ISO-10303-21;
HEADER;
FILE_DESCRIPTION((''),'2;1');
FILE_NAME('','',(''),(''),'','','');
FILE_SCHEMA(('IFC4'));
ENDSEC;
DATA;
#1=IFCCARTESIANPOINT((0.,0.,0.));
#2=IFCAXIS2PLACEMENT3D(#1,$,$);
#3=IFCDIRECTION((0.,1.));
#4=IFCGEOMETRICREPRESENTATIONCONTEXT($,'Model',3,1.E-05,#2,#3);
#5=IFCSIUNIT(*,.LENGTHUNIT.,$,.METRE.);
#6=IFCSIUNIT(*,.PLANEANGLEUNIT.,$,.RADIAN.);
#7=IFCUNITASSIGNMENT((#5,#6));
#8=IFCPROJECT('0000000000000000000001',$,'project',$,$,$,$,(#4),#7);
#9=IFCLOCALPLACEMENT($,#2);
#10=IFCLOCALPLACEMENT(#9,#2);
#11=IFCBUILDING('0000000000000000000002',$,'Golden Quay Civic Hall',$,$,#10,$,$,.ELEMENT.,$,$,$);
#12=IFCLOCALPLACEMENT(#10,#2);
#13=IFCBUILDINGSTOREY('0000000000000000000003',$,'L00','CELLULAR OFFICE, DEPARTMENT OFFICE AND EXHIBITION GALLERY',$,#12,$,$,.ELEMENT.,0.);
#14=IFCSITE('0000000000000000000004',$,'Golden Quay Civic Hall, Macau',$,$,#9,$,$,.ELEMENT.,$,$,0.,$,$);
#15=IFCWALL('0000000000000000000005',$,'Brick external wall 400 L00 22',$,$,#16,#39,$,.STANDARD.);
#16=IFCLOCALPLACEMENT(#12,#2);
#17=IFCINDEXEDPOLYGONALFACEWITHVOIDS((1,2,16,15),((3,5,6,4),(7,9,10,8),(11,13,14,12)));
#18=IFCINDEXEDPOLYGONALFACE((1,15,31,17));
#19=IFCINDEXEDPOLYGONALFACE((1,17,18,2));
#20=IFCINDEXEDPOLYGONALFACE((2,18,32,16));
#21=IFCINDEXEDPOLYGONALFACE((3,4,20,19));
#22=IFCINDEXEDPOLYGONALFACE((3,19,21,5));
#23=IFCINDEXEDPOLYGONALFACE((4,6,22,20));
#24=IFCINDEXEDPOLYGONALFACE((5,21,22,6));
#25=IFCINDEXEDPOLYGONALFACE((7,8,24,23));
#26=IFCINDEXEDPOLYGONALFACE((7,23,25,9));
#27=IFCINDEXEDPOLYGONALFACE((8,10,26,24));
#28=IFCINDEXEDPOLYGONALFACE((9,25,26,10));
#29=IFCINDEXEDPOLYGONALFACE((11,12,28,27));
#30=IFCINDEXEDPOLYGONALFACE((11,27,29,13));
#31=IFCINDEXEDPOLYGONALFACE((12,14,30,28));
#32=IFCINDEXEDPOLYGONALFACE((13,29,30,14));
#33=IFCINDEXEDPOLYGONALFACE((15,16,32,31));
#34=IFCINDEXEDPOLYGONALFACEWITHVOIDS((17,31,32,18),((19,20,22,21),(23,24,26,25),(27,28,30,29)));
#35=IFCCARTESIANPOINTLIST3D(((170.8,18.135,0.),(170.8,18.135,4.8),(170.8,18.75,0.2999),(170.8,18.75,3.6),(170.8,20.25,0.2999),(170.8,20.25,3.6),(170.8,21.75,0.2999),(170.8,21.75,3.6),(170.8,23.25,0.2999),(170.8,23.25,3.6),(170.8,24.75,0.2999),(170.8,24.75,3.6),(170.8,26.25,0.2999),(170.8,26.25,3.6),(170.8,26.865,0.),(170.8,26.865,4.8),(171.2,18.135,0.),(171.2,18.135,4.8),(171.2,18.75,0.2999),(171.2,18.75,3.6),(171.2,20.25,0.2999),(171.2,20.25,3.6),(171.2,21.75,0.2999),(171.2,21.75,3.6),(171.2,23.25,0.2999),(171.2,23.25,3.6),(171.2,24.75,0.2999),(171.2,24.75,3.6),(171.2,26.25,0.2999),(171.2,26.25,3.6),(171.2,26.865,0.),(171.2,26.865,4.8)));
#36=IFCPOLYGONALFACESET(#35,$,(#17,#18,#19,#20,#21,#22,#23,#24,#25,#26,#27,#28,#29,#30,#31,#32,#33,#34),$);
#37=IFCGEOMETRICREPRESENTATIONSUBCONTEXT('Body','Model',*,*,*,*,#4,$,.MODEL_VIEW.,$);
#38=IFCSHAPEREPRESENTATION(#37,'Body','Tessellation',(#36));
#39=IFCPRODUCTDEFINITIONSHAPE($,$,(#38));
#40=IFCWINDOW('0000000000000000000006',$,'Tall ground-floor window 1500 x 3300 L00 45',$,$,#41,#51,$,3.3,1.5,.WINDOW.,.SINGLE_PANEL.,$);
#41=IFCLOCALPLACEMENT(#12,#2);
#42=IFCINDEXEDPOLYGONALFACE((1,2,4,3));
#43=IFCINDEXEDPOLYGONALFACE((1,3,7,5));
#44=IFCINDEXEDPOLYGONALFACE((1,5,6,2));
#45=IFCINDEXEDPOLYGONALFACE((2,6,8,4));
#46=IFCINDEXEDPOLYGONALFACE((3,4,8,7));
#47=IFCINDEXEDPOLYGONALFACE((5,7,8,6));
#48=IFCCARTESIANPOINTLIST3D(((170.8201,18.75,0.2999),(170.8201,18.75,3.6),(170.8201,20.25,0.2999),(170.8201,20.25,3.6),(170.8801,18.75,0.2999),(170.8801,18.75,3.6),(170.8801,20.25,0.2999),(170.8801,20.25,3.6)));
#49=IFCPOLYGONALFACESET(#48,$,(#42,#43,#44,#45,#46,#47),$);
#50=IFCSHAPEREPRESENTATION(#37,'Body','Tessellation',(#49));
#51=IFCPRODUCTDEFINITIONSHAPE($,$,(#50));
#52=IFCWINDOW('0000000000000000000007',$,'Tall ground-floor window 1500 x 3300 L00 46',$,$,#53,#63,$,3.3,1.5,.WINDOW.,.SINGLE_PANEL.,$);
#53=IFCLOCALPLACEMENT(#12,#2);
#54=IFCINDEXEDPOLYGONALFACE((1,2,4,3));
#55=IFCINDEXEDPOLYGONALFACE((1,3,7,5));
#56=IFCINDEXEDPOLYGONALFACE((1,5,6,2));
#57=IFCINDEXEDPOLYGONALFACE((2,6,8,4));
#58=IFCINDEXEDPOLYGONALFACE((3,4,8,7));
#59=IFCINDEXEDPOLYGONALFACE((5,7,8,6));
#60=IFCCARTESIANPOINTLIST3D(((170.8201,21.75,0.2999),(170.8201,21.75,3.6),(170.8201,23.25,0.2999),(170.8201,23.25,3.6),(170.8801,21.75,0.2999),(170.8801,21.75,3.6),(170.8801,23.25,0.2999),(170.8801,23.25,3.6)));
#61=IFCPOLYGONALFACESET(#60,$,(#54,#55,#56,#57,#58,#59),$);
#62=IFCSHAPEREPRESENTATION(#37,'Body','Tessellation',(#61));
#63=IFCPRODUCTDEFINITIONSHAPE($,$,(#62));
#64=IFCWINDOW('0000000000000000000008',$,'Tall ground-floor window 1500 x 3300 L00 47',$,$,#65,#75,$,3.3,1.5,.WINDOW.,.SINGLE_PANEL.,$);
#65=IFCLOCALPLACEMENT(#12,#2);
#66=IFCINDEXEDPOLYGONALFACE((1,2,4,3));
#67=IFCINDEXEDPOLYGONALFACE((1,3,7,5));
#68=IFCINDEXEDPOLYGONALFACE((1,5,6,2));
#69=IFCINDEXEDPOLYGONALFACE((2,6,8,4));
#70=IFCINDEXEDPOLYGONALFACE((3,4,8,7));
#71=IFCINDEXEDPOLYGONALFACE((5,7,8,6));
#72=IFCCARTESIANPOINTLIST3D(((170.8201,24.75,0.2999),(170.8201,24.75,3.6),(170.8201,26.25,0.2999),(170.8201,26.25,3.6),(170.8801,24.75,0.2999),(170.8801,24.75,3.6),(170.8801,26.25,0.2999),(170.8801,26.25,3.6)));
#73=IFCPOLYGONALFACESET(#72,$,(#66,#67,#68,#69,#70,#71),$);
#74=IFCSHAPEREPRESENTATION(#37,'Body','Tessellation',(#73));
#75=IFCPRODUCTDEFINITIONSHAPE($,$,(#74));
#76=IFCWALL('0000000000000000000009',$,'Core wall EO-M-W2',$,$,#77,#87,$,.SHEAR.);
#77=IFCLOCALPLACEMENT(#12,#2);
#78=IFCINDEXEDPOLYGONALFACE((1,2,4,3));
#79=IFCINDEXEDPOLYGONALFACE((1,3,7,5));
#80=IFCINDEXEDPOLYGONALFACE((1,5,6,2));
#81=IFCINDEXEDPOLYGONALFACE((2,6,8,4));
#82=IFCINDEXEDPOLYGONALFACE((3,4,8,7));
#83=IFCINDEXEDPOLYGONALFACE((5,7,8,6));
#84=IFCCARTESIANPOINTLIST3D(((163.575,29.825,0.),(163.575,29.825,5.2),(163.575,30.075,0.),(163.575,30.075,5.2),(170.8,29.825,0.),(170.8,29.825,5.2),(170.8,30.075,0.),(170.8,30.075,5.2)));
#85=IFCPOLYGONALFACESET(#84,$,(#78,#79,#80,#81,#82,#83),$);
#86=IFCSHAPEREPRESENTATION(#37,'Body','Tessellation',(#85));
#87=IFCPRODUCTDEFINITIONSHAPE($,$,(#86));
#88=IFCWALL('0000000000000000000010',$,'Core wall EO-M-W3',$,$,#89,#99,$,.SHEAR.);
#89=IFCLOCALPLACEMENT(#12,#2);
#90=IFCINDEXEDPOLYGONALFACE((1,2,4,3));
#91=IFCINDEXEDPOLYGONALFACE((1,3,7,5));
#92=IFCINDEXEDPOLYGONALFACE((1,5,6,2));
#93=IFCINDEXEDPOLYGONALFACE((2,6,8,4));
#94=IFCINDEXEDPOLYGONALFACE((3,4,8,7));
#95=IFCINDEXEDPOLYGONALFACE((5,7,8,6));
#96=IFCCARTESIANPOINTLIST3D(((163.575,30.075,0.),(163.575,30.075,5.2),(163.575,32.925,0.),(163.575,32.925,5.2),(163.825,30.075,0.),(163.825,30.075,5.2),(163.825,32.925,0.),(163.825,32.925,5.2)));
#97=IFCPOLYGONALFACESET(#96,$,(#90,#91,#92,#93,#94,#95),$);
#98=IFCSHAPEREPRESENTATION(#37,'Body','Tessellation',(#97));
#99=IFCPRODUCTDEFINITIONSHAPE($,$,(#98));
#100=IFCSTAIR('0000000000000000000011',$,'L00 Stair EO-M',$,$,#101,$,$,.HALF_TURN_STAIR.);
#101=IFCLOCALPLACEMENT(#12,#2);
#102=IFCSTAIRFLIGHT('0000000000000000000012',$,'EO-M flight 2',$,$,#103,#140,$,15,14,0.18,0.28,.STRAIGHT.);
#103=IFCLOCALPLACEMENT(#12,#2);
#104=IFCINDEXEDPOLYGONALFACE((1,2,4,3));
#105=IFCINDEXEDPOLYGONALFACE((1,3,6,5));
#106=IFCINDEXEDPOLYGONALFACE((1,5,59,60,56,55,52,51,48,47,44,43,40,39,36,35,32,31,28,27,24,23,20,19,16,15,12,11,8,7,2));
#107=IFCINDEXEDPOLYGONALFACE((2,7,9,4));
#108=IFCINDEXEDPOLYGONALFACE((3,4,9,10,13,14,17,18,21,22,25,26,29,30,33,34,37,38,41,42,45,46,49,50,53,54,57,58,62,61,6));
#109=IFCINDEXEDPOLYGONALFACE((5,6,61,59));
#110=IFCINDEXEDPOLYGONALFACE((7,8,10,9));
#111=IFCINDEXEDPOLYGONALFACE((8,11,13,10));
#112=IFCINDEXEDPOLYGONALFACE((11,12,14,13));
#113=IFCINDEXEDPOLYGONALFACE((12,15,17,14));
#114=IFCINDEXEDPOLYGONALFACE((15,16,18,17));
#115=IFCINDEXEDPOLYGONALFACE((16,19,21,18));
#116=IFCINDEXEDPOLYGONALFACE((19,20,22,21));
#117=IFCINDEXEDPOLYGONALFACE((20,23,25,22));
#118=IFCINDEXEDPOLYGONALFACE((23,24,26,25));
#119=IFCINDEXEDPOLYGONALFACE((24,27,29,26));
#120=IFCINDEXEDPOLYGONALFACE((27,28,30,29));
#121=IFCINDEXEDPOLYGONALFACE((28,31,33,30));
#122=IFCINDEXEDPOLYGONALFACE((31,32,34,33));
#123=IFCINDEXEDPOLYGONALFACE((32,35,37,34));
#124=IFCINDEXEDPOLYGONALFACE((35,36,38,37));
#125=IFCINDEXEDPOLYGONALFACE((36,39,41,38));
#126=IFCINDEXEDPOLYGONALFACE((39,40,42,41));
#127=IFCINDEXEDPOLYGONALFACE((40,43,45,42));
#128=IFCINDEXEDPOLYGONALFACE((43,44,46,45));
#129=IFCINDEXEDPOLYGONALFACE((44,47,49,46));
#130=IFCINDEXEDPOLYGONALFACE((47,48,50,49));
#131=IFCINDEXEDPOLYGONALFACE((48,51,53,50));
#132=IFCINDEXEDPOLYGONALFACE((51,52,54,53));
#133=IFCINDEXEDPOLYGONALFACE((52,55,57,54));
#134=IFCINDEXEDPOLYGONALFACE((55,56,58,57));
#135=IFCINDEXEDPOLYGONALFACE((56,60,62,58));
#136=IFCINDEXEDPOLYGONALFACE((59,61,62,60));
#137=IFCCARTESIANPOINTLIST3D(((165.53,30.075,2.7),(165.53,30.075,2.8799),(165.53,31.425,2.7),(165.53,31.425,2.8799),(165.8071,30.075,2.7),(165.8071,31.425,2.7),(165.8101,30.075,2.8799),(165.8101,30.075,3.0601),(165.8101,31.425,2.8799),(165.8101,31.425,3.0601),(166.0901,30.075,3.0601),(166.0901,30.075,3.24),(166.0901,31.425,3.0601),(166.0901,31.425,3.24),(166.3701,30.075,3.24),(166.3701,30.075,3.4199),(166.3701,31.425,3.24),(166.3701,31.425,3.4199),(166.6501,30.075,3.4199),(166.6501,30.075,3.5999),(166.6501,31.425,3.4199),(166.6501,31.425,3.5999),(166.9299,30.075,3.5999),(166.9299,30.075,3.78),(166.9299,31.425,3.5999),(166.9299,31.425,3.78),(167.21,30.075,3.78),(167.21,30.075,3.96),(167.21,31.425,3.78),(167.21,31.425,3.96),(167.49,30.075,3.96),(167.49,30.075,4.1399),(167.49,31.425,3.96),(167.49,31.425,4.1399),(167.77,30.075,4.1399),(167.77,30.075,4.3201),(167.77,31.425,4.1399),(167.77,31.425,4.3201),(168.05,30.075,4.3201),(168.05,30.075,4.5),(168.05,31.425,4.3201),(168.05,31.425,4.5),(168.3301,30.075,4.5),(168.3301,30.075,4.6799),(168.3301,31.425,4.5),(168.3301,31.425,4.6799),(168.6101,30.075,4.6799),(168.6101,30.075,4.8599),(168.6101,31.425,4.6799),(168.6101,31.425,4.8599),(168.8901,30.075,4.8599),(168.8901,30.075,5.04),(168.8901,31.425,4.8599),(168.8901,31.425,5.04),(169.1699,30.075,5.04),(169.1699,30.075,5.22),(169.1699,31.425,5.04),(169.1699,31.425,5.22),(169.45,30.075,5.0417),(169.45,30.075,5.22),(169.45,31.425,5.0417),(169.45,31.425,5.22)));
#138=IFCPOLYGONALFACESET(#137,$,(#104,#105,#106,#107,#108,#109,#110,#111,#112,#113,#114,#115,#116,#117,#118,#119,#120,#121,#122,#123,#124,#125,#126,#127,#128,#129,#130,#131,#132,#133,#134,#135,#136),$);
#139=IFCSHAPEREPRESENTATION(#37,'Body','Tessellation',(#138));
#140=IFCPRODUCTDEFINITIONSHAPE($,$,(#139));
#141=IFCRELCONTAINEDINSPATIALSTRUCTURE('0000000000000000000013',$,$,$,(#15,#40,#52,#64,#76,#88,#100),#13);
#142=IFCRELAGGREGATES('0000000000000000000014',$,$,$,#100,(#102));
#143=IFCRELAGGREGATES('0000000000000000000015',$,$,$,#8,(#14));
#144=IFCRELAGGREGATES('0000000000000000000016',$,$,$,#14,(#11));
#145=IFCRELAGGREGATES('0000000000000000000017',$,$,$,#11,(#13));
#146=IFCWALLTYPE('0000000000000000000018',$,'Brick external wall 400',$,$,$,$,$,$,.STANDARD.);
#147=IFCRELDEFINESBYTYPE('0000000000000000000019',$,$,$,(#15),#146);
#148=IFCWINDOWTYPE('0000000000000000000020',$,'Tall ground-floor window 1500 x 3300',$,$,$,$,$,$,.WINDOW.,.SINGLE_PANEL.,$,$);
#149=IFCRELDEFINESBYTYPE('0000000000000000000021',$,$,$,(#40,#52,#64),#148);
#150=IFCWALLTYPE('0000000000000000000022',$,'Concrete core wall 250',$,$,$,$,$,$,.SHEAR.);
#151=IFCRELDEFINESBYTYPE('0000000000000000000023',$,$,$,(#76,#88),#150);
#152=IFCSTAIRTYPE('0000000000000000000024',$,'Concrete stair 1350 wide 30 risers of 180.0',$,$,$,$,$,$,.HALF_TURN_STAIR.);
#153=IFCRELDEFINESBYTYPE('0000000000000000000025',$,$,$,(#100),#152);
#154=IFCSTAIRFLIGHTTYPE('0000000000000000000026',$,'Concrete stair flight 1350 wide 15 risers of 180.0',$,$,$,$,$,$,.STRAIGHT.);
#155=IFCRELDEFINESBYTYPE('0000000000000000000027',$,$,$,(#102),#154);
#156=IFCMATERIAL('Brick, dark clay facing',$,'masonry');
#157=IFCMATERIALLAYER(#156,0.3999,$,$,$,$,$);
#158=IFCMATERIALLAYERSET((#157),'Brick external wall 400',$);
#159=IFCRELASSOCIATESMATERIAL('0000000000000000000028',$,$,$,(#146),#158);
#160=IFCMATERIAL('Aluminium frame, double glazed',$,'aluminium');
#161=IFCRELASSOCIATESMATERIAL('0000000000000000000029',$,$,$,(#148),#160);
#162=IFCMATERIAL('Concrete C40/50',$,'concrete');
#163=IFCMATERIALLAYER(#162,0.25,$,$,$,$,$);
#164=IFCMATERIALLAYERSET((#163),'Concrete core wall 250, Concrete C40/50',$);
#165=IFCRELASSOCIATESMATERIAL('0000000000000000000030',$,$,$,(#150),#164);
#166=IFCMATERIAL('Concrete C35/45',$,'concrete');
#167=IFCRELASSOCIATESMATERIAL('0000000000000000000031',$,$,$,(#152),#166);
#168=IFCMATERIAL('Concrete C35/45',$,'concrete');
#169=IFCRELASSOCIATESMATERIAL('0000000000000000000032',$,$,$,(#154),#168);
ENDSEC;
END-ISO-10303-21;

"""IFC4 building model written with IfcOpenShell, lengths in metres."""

from ifc_helpers import new_model, si_unit, direction, frame, frame_2d, origin, place, context, subcontext, project, spatial, polyline, rectangle, outline, extrude, material, layer, layer_set, type_object, element, fill, aggregate, save


model = new_model("IFC4")

# Units and contexts
model_context = context("Model", 3, precision=1e-05, world=origin(), true_north=direction((0.0, 1.0)))
body_context = subcontext(model_context, "Body", "Model", "MODEL_VIEW")
ifc_project = project(units=[si_unit("LENGTHUNIT", "METRE"), si_unit("PLANEANGLEUNIT", "RADIAN")], contexts=[model_context])

# Site, building, storey
site_placement = place(None, origin())
site = spatial("IfcSite", under=ifc_project, at=site_placement, Name="Golden Quay Civic Hall, Macau", CompositionType="ELEMENT", RefElevation=0.0)
building_placement = place(site_placement, origin())
building = spatial("IfcBuilding", under=site, at=building_placement, Name="Golden Quay Civic Hall", CompositionType="ELEMENT")
storey_placement = place(building_placement, origin())
storey = spatial("IfcBuildingStorey", under=building, at=storey_placement, Name="L00", Description="CELLULAR OFFICE, DEPARTMENT OFFICE AND EXHIBITION GALLERY", CompositionType="ELEMENT", Elevation=0.0)

# Wall, openings, windows
ifc_material_1 = material(Name="Brick, dark clay facing", Category="masonry")
ifc_layer_1 = layer(ifc_material_1, 0.3999)
ifc_layer_set_1 = layer_set([ifc_layer_1], Name="Brick external wall 400")
wall_type_1 = type_object("IfcWallType", Name="Brick external wall 400", PredefinedType="STANDARD", material=ifc_layer_set_1)
wall_1_placement = place(storey_placement, frame((171.0, 26.865, 0.0), z_axis=(0.0, 0.0, 1.0), x_axis=(0.0, -1.0, 0.0)))
wall_1 = element("IfcWall", 1, at=wall_1_placement, inside=storey, type_object=wall_type_1, Name="Brick external wall 400 L00 22", PredefinedType="STANDARD", context=body_context, shape_type="SweptSolid", body=[
    extrude(rectangle(XDim=8.73, YDim=0.3999, at=frame_2d((4.365, 0.0))), origin(), (0.0, 0.0, 1.0), 4.8),
])
opening_1_placement = place(wall_1_placement, frame((6.615, 0.0, 0.3)))
opening_1 = element("IfcOpeningElement", 2, at=opening_1_placement, cuts=wall_1, PredefinedType="OPENING", context=body_context, shape_type="SweptSolid", body=[
    extrude(rectangle(XDim=1.5, YDim=3.3, at=frame_2d((0.75, 1.6499))), frame((0.0, 0.21, 0.0), z_axis=(0.0, -1.0, 0.0), x_axis=(1.0, 0.0, 0.0)), (0.0, 0.0, 1.0), 0.4199),
])
opening_2_placement = place(wall_1_placement, frame((3.615, 0.0, 0.3)))
opening_2 = element("IfcOpeningElement", 3, at=opening_2_placement, cuts=wall_1, PredefinedType="OPENING", context=body_context, shape_type="SweptSolid", body=[
    extrude(rectangle(XDim=1.5, YDim=3.3, at=frame_2d((0.75, 1.6499))), frame((0.0, 0.21, 0.0), z_axis=(0.0, -1.0, 0.0), x_axis=(1.0, 0.0, 0.0)), (0.0, 0.0, 1.0), 0.4199),
])
opening_3_placement = place(wall_1_placement, frame((0.615, 0.0, 0.3)))
opening_3 = element("IfcOpeningElement", 4, at=opening_3_placement, cuts=wall_1, PredefinedType="OPENING", context=body_context, shape_type="SweptSolid", body=[
    extrude(rectangle(XDim=1.5, YDim=3.3, at=frame_2d((0.75, 1.6499))), frame((0.0, 0.21, 0.0), z_axis=(0.0, -1.0, 0.0), x_axis=(1.0, 0.0, 0.0)), (0.0, 0.0, 1.0), 0.4199),
])
ifc_material_2 = material(Name="Aluminium frame, double glazed", Category="aluminium")
window_type = type_object("IfcWindowType", Name="Tall ground-floor window 1500 x 3300", PartitioningType="SINGLE_PANEL", PredefinedType="WINDOW", material=ifc_material_2)
window_1_placement = place(opening_1_placement, origin())
window_1 = element("IfcWindow", 5, at=window_1_placement, inside=storey, type_object=window_type, Name="Tall ground-floor window 1500 x 3300 L00 45", OverallHeight=3.3, OverallWidth=1.5, PartitioningType="SINGLE_PANEL", PredefinedType="WINDOW", context=body_context, shape_type="SweptSolid", body=[
    extrude(rectangle(XDim=1.5, YDim=3.3, at=frame_2d((0.75, 1.6499))), frame((0.0, -0.1199, 0.0), z_axis=(0.0, -1.0, 0.0), x_axis=(1.0, 0.0, 0.0)), (0.0, 0.0, 1.0), 0.0601),
])
fill(opening_1, window_1)
window_2_placement = place(opening_2_placement, origin())
window_2 = element("IfcWindow", 6, at=window_2_placement, inside=storey, type_object=window_type, Name="Tall ground-floor window 1500 x 3300 L00 46", OverallHeight=3.3, OverallWidth=1.5, PartitioningType="SINGLE_PANEL", PredefinedType="WINDOW", context=body_context, shape_type="SweptSolid", body=[
    extrude(rectangle(XDim=1.5, YDim=3.3, at=frame_2d((0.75, 1.6499))), frame((0.0, -0.1199, 0.0), z_axis=(0.0, -1.0, 0.0), x_axis=(1.0, 0.0, 0.0)), (0.0, 0.0, 1.0), 0.0601),
])
fill(opening_2, window_2)
window_3_placement = place(opening_3_placement, origin())
window_3 = element("IfcWindow", 7, at=window_3_placement, inside=storey, type_object=window_type, Name="Tall ground-floor window 1500 x 3300 L00 47", OverallHeight=3.3, OverallWidth=1.5, PartitioningType="SINGLE_PANEL", PredefinedType="WINDOW", context=body_context, shape_type="SweptSolid", body=[
    extrude(rectangle(XDim=1.5, YDim=3.3, at=frame_2d((0.75, 1.6499))), frame((0.0, -0.1199, 0.0), z_axis=(0.0, -1.0, 0.0), x_axis=(1.0, 0.0, 0.0)), (0.0, 0.0, 1.0), 0.0601),
])
fill(opening_3, window_3)

# Walls
ifc_material_3 = material(Name="Concrete C40/50", Category="concrete")
ifc_layer_2 = layer(ifc_material_3, 0.25)
ifc_layer_set_2 = layer_set([ifc_layer_2], Name="Concrete core wall 250, Concrete C40/50")
wall_type_2 = type_object("IfcWallType", Name="Concrete core wall 250", PredefinedType="SHEAR", material=ifc_layer_set_2)
wall_2_placement = place(storey_placement, frame((163.575, 29.95, 0.0), z_axis=(0.0, 0.0, 1.0), x_axis=(1.0, 0.0, 0.0)))
element("IfcWall", 8, at=wall_2_placement, inside=storey, type_object=wall_type_2, Name="Core wall EO-M-W2", PredefinedType="SHEAR", context=body_context, shape_type="SweptSolid", body=[
    extrude(rectangle(XDim=7.2251, YDim=0.25, at=frame_2d((3.6125, 0.0))), origin(), (0.0, 0.0, 1.0), 5.2),
])
wall_3_placement = place(storey_placement, frame((163.7, 30.075, 0.0), z_axis=(0.0, 0.0, 1.0), x_axis=(0.0, 1.0, 0.0)))
element("IfcWall", 9, at=wall_3_placement, inside=storey, type_object=wall_type_2, Name="Core wall EO-M-W3", PredefinedType="SHEAR", context=body_context, shape_type="SweptSolid", body=[
    extrude(rectangle(XDim=2.8501, YDim=0.25, at=frame_2d((1.425, 0.0))), origin(), (0.0, 0.0, 1.0), 5.2),
])

# Stair, stair flight
ifc_material_4 = material(Name="Concrete C35/45", Category="concrete")
stair_type = type_object("IfcStairType", Name="Concrete stair 1350 wide 30 risers of 180.0", PredefinedType="HALF_TURN_STAIR", material=ifc_material_4)
stair_placement = place(storey_placement, origin())
stair = element("IfcStair", 10, at=stair_placement, inside=storey, type_object=stair_type, Name="L00 Stair EO-M", PredefinedType="HALF_TURN_STAIR")
ifc_material_5 = material(Name="Concrete C35/45", Category="concrete")
stair_flight_type = type_object("IfcStairFlightType", Name="Concrete stair flight 1350 wide 15 risers of 180.0", PredefinedType="STRAIGHT", material=ifc_material_5)
stair_flight_placement = place(storey_placement, frame((165.53, 30.75, 2.7), z_axis=(0.0, 0.0, 1.0), x_axis=(1.0, 0.0, 0.0)))
stair_flight = element("IfcStairFlight", 11, at=stair_flight_placement, type_object=stair_flight_type, Name="EO-M flight 2", NumberOfRisers=15, NumberOfTreads=14, PredefinedType="STRAIGHT", RiserHeight=0.18, TreadLength=0.28, context=body_context, shape_type="SweptSolid", body=[
    extrude(outline(polyline([(0.0, 0.0), (0.0, 0.1799), (0.28, 0.1799), (0.28, 0.3601), (0.5601, 0.3601), (0.5601, 0.54), (0.8401, 0.54), (0.8401, 0.72), (1.1201, 0.72), (1.1201, 0.8999), (1.3999, 0.8999), (1.3999, 1.0801), (1.6799, 1.0801), (1.6799, 1.26), (1.96, 1.26), (1.96, 1.4399), (2.24, 1.4399), (2.24, 1.6201), (2.52, 1.6201), (2.52, 1.8), (2.8, 1.8), (2.8, 1.98), (3.0801, 1.98), (3.0801, 2.1599), (3.3601, 2.1599), (3.3601, 2.3401), (3.6399, 2.3401), (3.6399, 2.52), (3.9199, 2.52), (3.9199, 2.7), (3.9199, 2.3418), (0.2771, 0.0), (0.0, 0.0)])), frame((0.0, 0.675, 0.0), z_axis=(0.0, -1.0, 0.0), x_axis=(1.0, 0.0, 0.0)), (0.0, 0.0, 1.0), 1.35),
])
aggregate(stair, [stair_flight])

save(model, "model.ifc")
